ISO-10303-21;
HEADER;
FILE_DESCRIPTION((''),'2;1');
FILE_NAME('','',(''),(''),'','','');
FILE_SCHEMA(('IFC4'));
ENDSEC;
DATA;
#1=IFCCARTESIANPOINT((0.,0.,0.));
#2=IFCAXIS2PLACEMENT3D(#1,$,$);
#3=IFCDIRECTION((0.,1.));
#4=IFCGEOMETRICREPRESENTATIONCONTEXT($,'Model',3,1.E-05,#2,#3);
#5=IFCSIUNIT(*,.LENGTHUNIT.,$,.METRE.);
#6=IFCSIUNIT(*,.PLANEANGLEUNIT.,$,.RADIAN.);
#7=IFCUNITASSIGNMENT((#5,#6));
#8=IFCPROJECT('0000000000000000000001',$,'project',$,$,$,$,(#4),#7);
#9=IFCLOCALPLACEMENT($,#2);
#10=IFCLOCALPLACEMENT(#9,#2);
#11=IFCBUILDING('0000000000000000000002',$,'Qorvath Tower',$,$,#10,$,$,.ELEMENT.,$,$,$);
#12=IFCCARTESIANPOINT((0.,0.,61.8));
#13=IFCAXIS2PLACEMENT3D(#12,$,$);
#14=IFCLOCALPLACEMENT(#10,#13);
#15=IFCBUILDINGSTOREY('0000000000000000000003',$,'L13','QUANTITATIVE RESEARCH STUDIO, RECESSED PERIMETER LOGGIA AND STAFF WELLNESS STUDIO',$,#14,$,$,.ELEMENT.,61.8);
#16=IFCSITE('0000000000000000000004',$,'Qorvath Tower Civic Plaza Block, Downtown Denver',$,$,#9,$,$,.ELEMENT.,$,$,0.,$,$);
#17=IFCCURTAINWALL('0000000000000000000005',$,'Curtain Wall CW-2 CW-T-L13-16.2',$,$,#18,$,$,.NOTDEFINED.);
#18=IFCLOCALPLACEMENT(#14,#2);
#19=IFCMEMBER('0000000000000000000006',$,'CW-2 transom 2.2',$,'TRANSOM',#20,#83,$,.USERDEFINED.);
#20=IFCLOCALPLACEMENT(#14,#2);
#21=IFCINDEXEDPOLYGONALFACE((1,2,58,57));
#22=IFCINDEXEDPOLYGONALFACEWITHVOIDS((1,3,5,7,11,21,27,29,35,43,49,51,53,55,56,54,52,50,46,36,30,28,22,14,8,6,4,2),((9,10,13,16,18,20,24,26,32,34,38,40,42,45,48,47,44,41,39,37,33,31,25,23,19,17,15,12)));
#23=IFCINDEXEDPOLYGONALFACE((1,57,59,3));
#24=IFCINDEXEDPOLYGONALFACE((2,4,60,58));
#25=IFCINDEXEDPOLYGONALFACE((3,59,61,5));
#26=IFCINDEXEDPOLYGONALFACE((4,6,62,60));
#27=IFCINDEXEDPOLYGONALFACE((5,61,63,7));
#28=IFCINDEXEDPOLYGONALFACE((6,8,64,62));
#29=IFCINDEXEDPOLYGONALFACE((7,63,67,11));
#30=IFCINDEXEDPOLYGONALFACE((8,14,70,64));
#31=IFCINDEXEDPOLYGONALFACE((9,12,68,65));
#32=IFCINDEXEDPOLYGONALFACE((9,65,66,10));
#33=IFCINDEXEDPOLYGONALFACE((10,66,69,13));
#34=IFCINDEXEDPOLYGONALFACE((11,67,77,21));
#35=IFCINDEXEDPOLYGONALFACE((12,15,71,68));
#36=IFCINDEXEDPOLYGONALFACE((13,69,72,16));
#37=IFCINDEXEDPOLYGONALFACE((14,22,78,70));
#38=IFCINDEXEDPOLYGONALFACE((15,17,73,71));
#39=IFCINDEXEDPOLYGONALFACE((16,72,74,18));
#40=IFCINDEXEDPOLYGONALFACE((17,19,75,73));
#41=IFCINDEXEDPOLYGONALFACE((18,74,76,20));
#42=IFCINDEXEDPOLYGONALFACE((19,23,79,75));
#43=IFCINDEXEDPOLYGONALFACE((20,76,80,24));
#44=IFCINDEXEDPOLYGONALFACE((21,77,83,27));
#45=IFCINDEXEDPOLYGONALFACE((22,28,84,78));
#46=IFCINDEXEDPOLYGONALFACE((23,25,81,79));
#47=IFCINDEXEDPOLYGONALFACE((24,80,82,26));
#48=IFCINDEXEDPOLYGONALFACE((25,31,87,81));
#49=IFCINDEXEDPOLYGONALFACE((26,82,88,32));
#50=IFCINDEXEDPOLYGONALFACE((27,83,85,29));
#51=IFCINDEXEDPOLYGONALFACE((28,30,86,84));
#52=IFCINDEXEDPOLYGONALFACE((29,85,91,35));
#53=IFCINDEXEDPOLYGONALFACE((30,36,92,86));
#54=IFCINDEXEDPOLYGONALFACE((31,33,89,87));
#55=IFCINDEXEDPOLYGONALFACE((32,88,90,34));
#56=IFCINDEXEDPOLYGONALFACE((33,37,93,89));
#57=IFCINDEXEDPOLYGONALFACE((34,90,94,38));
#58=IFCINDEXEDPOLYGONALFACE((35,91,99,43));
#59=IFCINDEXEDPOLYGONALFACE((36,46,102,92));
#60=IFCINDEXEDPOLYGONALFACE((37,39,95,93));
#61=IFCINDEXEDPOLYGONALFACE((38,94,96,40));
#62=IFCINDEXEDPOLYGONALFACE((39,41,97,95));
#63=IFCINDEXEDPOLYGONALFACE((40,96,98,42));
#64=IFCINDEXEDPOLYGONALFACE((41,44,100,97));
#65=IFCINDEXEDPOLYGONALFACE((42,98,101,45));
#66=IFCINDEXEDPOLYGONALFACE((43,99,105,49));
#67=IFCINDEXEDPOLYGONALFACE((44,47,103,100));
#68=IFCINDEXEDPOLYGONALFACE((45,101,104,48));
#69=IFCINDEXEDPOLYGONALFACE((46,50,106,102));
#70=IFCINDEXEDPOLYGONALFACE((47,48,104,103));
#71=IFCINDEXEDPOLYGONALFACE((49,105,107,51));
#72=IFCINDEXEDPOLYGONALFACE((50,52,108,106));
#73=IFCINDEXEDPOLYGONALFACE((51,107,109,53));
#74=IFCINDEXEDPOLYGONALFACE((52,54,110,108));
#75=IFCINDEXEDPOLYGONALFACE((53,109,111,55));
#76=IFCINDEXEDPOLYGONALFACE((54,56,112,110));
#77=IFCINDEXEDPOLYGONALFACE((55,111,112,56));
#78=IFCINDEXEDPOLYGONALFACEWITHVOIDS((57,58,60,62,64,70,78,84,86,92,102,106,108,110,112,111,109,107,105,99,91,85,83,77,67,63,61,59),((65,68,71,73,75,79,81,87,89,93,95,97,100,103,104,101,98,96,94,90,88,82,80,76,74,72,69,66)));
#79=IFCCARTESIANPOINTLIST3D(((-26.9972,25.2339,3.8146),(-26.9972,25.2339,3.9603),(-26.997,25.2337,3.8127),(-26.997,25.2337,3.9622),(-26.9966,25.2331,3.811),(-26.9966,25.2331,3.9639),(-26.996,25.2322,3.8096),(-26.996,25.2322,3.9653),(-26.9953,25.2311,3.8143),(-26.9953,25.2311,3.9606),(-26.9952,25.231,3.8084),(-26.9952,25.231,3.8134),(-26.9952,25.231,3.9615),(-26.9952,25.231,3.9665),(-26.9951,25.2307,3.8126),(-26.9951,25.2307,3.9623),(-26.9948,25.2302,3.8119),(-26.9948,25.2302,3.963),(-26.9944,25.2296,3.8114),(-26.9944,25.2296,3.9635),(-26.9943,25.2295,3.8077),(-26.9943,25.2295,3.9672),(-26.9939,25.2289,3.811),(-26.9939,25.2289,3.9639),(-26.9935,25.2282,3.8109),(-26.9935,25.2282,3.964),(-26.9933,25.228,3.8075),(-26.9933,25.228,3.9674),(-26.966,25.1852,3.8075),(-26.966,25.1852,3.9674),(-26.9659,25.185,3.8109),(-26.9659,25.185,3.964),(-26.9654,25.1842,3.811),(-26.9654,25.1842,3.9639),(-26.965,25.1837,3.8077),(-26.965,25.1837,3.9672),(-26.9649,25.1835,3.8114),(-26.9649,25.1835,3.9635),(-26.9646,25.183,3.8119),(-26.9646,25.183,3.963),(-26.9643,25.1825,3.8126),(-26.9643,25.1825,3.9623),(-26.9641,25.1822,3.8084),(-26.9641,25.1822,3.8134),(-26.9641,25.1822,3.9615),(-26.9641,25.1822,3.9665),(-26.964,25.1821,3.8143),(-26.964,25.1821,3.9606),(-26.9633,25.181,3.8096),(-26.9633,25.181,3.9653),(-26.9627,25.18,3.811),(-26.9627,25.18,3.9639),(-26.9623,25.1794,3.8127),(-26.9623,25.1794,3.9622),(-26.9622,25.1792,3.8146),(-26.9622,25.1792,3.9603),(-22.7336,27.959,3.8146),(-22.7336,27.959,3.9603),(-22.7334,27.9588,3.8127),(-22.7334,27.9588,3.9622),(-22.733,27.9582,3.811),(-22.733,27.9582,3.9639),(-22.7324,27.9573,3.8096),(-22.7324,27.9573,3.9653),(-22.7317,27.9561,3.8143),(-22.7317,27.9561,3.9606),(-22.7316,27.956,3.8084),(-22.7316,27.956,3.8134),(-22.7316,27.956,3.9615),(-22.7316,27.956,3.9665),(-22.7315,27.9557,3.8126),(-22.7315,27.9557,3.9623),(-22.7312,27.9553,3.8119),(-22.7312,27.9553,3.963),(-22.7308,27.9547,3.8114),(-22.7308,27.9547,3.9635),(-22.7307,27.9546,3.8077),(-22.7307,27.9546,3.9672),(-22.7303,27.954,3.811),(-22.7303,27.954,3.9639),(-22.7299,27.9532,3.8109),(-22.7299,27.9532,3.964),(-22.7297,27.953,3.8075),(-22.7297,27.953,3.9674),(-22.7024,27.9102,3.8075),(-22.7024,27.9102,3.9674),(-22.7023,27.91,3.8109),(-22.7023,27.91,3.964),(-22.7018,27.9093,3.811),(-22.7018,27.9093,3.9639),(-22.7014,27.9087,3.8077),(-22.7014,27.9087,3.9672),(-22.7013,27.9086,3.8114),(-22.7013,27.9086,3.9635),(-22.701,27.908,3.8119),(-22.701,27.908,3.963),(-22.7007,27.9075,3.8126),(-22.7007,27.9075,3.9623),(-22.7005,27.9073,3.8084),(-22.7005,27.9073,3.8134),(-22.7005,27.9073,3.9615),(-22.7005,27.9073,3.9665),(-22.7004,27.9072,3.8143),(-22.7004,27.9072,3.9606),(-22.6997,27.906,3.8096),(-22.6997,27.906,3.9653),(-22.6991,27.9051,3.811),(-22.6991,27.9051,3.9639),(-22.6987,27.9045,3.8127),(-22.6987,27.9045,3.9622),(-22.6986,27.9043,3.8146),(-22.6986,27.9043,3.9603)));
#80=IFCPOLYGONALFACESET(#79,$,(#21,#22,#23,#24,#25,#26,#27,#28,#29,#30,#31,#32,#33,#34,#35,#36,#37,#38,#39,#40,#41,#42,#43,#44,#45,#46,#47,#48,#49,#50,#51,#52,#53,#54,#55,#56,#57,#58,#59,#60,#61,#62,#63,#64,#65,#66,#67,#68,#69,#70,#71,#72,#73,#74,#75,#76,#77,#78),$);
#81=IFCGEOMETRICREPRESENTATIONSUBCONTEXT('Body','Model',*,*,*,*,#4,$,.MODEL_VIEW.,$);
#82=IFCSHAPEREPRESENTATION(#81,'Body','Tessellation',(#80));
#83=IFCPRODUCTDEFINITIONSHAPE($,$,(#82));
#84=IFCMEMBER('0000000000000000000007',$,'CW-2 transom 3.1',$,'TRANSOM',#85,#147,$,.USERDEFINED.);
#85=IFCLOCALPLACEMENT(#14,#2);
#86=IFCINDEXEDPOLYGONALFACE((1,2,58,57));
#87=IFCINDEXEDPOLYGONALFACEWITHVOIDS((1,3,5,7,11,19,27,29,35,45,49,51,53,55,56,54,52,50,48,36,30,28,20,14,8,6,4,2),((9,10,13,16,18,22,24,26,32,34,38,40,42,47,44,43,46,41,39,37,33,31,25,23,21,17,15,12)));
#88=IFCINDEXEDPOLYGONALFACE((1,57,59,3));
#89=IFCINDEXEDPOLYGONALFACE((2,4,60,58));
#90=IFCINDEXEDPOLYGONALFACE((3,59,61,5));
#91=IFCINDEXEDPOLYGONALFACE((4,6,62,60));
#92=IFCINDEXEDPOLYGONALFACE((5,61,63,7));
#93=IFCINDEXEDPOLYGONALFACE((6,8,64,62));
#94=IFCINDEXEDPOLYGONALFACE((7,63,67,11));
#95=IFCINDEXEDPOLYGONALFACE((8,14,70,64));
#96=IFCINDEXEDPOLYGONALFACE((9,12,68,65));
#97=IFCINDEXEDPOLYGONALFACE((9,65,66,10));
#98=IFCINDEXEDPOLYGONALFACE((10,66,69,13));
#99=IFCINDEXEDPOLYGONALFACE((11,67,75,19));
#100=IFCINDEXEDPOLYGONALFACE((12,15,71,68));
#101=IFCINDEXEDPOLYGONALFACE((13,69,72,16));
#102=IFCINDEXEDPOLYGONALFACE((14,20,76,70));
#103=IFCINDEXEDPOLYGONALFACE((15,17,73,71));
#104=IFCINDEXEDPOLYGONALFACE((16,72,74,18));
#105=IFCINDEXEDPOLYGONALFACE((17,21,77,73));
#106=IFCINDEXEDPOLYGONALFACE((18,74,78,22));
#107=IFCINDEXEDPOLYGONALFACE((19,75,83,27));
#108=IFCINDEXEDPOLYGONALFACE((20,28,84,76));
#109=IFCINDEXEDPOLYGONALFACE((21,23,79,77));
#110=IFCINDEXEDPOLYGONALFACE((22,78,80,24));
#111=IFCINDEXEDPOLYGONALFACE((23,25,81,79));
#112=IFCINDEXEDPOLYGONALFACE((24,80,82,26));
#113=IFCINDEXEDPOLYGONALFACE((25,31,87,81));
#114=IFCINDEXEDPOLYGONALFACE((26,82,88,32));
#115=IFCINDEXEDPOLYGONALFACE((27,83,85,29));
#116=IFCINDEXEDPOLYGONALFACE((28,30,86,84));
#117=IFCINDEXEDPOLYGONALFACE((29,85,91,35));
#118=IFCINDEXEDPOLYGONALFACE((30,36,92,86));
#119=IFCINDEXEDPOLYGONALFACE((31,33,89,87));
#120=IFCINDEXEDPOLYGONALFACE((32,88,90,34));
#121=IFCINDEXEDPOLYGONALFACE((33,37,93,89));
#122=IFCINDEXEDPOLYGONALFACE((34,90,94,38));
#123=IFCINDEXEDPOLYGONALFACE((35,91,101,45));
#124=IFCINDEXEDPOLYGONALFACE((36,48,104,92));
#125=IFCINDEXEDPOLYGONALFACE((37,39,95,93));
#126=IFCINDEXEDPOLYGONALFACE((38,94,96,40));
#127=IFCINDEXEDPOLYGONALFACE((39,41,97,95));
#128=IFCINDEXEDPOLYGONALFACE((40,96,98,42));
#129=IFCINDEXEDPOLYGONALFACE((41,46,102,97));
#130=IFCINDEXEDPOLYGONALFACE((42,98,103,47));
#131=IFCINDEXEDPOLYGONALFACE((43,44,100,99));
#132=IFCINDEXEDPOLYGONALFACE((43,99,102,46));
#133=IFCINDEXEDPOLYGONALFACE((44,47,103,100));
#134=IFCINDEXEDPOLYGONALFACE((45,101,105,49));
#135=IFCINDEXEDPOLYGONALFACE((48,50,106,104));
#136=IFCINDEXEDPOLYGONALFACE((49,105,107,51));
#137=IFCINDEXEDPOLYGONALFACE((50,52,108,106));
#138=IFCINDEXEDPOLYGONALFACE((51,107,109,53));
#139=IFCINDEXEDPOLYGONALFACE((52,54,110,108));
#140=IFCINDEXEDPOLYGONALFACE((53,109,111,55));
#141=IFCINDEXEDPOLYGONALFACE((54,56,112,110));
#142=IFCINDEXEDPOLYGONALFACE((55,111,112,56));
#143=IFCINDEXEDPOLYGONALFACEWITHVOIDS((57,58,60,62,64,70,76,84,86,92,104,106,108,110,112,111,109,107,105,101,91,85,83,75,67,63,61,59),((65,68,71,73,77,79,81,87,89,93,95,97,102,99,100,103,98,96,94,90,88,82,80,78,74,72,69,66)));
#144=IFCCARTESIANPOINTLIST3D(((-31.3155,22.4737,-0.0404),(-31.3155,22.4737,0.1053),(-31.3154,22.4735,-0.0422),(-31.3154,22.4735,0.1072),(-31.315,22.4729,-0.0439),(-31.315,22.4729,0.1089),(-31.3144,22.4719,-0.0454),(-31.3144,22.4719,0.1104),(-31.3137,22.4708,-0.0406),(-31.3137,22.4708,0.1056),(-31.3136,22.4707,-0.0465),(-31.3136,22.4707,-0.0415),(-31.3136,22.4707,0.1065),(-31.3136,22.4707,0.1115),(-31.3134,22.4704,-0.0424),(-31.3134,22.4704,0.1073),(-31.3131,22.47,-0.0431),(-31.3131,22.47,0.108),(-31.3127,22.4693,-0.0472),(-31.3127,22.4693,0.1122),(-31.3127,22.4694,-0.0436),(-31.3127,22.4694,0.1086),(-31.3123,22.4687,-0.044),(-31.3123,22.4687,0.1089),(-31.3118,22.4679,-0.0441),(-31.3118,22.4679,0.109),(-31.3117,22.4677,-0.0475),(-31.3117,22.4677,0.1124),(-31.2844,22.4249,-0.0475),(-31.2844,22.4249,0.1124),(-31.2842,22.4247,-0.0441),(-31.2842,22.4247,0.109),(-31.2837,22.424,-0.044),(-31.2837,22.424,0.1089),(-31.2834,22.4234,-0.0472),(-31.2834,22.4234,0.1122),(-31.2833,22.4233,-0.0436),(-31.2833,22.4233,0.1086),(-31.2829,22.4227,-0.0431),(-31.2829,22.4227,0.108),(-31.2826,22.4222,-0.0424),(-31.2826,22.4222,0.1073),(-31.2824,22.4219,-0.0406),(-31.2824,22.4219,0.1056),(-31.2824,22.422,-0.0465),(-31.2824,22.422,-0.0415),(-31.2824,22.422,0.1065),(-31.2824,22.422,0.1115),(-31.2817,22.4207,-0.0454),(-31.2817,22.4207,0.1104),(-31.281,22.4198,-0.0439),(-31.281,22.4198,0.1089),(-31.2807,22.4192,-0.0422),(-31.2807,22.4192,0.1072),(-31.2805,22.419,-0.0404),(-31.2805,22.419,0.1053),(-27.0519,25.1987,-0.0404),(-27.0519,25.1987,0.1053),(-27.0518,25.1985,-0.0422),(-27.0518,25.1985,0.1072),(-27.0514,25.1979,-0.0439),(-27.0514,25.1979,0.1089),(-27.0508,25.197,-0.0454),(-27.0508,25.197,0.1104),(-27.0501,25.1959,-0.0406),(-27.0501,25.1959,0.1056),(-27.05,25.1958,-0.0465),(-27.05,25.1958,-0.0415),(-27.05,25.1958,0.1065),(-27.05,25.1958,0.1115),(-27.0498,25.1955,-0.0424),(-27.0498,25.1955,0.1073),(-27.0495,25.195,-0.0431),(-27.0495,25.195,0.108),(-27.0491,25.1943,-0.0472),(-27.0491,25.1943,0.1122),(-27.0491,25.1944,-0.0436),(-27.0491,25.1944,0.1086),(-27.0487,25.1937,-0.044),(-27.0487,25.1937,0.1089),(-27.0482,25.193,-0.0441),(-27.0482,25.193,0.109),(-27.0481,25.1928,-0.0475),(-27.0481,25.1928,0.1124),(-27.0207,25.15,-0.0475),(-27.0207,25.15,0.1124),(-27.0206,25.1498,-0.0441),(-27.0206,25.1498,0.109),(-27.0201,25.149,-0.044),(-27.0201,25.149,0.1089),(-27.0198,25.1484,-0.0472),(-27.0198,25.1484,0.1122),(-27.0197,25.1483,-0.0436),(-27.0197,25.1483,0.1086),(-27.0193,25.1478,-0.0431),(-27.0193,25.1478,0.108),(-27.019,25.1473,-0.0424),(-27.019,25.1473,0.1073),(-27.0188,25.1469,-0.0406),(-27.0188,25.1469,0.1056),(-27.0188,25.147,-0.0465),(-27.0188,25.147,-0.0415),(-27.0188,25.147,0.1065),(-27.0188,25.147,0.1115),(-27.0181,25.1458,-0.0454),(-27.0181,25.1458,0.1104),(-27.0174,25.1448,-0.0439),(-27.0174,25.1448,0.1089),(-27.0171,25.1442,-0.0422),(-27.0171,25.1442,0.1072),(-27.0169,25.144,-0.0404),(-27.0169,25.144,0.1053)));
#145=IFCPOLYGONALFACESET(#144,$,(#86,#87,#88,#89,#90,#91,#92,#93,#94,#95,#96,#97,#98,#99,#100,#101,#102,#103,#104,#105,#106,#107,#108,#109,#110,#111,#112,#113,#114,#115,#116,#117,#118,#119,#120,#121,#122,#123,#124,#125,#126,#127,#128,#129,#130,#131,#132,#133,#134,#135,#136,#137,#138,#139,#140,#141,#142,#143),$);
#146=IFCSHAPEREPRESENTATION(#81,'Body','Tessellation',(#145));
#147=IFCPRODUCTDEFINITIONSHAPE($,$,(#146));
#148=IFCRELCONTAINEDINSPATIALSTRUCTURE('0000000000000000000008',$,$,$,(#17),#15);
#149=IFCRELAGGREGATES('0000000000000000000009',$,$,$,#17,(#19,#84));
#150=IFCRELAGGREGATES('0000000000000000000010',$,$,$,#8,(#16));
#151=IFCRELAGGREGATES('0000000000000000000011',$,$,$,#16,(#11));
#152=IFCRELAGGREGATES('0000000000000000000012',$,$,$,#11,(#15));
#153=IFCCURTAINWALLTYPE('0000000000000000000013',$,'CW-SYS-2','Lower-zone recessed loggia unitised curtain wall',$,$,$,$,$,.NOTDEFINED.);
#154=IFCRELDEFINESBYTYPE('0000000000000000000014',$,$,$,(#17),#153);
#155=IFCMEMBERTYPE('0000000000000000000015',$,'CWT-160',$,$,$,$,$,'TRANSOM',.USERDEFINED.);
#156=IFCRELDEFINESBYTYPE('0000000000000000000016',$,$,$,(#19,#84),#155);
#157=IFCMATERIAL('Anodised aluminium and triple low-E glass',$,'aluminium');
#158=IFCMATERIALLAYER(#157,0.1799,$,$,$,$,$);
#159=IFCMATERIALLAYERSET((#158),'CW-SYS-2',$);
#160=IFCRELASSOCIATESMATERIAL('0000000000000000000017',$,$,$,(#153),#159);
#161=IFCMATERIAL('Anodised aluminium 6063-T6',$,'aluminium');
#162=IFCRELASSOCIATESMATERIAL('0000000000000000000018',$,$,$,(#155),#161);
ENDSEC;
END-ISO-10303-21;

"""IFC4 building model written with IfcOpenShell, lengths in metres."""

from ifc_helpers import new_model, si_unit, direction, frame, origin, origin_2d, place, context, subcontext, project, spatial, hollow_rectangle, extrude, material, layer, layer_set, material_profile, profile_set, type_object, element, aggregate, save


model = new_model("IFC4")

# Units and contexts
model_context = context("Model", 3, precision=1e-05, world=origin(), true_north=direction((0.0, 1.0)))
body_context = subcontext(model_context, "Body", "Model", "MODEL_VIEW")
ifc_project = project(units=[si_unit("LENGTHUNIT", "METRE"), si_unit("PLANEANGLEUNIT", "RADIAN")], contexts=[model_context])

# Site, building, storey
site_placement = place(None, origin())
site = spatial("IfcSite", under=ifc_project, at=site_placement, Name="Qorvath Tower Civic Plaza Block, Downtown Denver", CompositionType="ELEMENT", RefElevation=0.0)
building_placement = place(site_placement, origin())
building = spatial("IfcBuilding", under=site, at=building_placement, Name="Qorvath Tower", CompositionType="ELEMENT")
storey_placement = place(building_placement, frame((0.0, 0.0, 61.8)))
storey = spatial("IfcBuildingStorey", under=building, at=storey_placement, Name="L13", Description="QUANTITATIVE RESEARCH STUDIO, RECESSED PERIMETER LOGGIA AND STAFF WELLNESS STUDIO", CompositionType="ELEMENT", Elevation=61.8)

# Curtain wall, members
ifc_material_1 = material(Name="Anodised aluminium and triple low-E glass", Category="aluminium")
ifc_layer_1 = layer(ifc_material_1, 0.1799)
ifc_layer_set_1 = layer_set([ifc_layer_1], Name="CW-SYS-2")
curtain_wall_type = type_object("IfcCurtainWallType", Name="CW-SYS-2", Description="Lower-zone recessed loggia unitised curtain wall", PredefinedType="NOTDEFINED", material=ifc_layer_set_1)
curtain_wall_placement = place(storey_placement, origin())
curtain_wall = element("IfcCurtainWall", 1, at=curtain_wall_placement, inside=storey, type_object=curtain_wall_type, Name="Curtain Wall CW-2 CW-T-L13-16.2", PredefinedType="NOTDEFINED")
ifc_material_2 = material(Name="Anodised aluminium 6063-T6", Category="aluminium")
ifc_material_profile_1 = material_profile(ifc_material_2, hollow_rectangle(XDim=0.0649, YDim=0.1599, WallThickness=0.0034, InnerFilletRadius=0.0034, OuterFilletRadius=0.0071, at=origin_2d()), Name="CWT 160x65")
ifc_profile_set_1 = profile_set([ifc_material_profile_1], Name="Anodised aluminium 6063-T6")
member_type_1 = type_object("IfcMemberType", Name="CWT-160", ElementType="TRANSOM", PredefinedType="USERDEFINED", material=ifc_profile_set_1)
member_1_placement = place(storey_placement, frame((-22.7161, 27.9316, 3.8875), z_axis=(-0.842599, -0.538542, 0.0), x_axis=(0.538542, -0.842599, 0.0)))
member_1 = element("IfcMember", 2, at=member_1_placement, type_object=member_type_1, Name="CW-2 transom 2.2", ObjectType="TRANSOM", PredefinedType="USERDEFINED", context=body_context, shape_type="SweptSolid", body=[
    extrude(hollow_rectangle(XDim=0.0649, YDim=0.1599, WallThickness=0.0034, InnerFilletRadius=0.0034, OuterFilletRadius=0.0071, at=origin_2d()), origin(), (0.0, 0.0, 1.0), 5.0601),
])
member_2_placement = place(storey_placement, frame((-27.0344, 25.1714, 0.0325), z_axis=(-0.842599, -0.538542, 0.0), x_axis=(0.538542, -0.842599, 0.0)))
member_2 = element("IfcMember", 3, at=member_2_placement, type_object=member_type_1, Name="CW-2 transom 3.1", ObjectType="TRANSOM", PredefinedType="USERDEFINED", context=body_context, shape_type="SweptSolid", body=[
    extrude(hollow_rectangle(XDim=0.0649, YDim=0.1599, WallThickness=0.0034, InnerFilletRadius=0.0034, OuterFilletRadius=0.0071, at=origin_2d()), origin(), (0.0, 0.0, 1.0), 5.0601),
])
aggregate(curtain_wall, [member_1, member_2])

save(model, "model.ifc")
